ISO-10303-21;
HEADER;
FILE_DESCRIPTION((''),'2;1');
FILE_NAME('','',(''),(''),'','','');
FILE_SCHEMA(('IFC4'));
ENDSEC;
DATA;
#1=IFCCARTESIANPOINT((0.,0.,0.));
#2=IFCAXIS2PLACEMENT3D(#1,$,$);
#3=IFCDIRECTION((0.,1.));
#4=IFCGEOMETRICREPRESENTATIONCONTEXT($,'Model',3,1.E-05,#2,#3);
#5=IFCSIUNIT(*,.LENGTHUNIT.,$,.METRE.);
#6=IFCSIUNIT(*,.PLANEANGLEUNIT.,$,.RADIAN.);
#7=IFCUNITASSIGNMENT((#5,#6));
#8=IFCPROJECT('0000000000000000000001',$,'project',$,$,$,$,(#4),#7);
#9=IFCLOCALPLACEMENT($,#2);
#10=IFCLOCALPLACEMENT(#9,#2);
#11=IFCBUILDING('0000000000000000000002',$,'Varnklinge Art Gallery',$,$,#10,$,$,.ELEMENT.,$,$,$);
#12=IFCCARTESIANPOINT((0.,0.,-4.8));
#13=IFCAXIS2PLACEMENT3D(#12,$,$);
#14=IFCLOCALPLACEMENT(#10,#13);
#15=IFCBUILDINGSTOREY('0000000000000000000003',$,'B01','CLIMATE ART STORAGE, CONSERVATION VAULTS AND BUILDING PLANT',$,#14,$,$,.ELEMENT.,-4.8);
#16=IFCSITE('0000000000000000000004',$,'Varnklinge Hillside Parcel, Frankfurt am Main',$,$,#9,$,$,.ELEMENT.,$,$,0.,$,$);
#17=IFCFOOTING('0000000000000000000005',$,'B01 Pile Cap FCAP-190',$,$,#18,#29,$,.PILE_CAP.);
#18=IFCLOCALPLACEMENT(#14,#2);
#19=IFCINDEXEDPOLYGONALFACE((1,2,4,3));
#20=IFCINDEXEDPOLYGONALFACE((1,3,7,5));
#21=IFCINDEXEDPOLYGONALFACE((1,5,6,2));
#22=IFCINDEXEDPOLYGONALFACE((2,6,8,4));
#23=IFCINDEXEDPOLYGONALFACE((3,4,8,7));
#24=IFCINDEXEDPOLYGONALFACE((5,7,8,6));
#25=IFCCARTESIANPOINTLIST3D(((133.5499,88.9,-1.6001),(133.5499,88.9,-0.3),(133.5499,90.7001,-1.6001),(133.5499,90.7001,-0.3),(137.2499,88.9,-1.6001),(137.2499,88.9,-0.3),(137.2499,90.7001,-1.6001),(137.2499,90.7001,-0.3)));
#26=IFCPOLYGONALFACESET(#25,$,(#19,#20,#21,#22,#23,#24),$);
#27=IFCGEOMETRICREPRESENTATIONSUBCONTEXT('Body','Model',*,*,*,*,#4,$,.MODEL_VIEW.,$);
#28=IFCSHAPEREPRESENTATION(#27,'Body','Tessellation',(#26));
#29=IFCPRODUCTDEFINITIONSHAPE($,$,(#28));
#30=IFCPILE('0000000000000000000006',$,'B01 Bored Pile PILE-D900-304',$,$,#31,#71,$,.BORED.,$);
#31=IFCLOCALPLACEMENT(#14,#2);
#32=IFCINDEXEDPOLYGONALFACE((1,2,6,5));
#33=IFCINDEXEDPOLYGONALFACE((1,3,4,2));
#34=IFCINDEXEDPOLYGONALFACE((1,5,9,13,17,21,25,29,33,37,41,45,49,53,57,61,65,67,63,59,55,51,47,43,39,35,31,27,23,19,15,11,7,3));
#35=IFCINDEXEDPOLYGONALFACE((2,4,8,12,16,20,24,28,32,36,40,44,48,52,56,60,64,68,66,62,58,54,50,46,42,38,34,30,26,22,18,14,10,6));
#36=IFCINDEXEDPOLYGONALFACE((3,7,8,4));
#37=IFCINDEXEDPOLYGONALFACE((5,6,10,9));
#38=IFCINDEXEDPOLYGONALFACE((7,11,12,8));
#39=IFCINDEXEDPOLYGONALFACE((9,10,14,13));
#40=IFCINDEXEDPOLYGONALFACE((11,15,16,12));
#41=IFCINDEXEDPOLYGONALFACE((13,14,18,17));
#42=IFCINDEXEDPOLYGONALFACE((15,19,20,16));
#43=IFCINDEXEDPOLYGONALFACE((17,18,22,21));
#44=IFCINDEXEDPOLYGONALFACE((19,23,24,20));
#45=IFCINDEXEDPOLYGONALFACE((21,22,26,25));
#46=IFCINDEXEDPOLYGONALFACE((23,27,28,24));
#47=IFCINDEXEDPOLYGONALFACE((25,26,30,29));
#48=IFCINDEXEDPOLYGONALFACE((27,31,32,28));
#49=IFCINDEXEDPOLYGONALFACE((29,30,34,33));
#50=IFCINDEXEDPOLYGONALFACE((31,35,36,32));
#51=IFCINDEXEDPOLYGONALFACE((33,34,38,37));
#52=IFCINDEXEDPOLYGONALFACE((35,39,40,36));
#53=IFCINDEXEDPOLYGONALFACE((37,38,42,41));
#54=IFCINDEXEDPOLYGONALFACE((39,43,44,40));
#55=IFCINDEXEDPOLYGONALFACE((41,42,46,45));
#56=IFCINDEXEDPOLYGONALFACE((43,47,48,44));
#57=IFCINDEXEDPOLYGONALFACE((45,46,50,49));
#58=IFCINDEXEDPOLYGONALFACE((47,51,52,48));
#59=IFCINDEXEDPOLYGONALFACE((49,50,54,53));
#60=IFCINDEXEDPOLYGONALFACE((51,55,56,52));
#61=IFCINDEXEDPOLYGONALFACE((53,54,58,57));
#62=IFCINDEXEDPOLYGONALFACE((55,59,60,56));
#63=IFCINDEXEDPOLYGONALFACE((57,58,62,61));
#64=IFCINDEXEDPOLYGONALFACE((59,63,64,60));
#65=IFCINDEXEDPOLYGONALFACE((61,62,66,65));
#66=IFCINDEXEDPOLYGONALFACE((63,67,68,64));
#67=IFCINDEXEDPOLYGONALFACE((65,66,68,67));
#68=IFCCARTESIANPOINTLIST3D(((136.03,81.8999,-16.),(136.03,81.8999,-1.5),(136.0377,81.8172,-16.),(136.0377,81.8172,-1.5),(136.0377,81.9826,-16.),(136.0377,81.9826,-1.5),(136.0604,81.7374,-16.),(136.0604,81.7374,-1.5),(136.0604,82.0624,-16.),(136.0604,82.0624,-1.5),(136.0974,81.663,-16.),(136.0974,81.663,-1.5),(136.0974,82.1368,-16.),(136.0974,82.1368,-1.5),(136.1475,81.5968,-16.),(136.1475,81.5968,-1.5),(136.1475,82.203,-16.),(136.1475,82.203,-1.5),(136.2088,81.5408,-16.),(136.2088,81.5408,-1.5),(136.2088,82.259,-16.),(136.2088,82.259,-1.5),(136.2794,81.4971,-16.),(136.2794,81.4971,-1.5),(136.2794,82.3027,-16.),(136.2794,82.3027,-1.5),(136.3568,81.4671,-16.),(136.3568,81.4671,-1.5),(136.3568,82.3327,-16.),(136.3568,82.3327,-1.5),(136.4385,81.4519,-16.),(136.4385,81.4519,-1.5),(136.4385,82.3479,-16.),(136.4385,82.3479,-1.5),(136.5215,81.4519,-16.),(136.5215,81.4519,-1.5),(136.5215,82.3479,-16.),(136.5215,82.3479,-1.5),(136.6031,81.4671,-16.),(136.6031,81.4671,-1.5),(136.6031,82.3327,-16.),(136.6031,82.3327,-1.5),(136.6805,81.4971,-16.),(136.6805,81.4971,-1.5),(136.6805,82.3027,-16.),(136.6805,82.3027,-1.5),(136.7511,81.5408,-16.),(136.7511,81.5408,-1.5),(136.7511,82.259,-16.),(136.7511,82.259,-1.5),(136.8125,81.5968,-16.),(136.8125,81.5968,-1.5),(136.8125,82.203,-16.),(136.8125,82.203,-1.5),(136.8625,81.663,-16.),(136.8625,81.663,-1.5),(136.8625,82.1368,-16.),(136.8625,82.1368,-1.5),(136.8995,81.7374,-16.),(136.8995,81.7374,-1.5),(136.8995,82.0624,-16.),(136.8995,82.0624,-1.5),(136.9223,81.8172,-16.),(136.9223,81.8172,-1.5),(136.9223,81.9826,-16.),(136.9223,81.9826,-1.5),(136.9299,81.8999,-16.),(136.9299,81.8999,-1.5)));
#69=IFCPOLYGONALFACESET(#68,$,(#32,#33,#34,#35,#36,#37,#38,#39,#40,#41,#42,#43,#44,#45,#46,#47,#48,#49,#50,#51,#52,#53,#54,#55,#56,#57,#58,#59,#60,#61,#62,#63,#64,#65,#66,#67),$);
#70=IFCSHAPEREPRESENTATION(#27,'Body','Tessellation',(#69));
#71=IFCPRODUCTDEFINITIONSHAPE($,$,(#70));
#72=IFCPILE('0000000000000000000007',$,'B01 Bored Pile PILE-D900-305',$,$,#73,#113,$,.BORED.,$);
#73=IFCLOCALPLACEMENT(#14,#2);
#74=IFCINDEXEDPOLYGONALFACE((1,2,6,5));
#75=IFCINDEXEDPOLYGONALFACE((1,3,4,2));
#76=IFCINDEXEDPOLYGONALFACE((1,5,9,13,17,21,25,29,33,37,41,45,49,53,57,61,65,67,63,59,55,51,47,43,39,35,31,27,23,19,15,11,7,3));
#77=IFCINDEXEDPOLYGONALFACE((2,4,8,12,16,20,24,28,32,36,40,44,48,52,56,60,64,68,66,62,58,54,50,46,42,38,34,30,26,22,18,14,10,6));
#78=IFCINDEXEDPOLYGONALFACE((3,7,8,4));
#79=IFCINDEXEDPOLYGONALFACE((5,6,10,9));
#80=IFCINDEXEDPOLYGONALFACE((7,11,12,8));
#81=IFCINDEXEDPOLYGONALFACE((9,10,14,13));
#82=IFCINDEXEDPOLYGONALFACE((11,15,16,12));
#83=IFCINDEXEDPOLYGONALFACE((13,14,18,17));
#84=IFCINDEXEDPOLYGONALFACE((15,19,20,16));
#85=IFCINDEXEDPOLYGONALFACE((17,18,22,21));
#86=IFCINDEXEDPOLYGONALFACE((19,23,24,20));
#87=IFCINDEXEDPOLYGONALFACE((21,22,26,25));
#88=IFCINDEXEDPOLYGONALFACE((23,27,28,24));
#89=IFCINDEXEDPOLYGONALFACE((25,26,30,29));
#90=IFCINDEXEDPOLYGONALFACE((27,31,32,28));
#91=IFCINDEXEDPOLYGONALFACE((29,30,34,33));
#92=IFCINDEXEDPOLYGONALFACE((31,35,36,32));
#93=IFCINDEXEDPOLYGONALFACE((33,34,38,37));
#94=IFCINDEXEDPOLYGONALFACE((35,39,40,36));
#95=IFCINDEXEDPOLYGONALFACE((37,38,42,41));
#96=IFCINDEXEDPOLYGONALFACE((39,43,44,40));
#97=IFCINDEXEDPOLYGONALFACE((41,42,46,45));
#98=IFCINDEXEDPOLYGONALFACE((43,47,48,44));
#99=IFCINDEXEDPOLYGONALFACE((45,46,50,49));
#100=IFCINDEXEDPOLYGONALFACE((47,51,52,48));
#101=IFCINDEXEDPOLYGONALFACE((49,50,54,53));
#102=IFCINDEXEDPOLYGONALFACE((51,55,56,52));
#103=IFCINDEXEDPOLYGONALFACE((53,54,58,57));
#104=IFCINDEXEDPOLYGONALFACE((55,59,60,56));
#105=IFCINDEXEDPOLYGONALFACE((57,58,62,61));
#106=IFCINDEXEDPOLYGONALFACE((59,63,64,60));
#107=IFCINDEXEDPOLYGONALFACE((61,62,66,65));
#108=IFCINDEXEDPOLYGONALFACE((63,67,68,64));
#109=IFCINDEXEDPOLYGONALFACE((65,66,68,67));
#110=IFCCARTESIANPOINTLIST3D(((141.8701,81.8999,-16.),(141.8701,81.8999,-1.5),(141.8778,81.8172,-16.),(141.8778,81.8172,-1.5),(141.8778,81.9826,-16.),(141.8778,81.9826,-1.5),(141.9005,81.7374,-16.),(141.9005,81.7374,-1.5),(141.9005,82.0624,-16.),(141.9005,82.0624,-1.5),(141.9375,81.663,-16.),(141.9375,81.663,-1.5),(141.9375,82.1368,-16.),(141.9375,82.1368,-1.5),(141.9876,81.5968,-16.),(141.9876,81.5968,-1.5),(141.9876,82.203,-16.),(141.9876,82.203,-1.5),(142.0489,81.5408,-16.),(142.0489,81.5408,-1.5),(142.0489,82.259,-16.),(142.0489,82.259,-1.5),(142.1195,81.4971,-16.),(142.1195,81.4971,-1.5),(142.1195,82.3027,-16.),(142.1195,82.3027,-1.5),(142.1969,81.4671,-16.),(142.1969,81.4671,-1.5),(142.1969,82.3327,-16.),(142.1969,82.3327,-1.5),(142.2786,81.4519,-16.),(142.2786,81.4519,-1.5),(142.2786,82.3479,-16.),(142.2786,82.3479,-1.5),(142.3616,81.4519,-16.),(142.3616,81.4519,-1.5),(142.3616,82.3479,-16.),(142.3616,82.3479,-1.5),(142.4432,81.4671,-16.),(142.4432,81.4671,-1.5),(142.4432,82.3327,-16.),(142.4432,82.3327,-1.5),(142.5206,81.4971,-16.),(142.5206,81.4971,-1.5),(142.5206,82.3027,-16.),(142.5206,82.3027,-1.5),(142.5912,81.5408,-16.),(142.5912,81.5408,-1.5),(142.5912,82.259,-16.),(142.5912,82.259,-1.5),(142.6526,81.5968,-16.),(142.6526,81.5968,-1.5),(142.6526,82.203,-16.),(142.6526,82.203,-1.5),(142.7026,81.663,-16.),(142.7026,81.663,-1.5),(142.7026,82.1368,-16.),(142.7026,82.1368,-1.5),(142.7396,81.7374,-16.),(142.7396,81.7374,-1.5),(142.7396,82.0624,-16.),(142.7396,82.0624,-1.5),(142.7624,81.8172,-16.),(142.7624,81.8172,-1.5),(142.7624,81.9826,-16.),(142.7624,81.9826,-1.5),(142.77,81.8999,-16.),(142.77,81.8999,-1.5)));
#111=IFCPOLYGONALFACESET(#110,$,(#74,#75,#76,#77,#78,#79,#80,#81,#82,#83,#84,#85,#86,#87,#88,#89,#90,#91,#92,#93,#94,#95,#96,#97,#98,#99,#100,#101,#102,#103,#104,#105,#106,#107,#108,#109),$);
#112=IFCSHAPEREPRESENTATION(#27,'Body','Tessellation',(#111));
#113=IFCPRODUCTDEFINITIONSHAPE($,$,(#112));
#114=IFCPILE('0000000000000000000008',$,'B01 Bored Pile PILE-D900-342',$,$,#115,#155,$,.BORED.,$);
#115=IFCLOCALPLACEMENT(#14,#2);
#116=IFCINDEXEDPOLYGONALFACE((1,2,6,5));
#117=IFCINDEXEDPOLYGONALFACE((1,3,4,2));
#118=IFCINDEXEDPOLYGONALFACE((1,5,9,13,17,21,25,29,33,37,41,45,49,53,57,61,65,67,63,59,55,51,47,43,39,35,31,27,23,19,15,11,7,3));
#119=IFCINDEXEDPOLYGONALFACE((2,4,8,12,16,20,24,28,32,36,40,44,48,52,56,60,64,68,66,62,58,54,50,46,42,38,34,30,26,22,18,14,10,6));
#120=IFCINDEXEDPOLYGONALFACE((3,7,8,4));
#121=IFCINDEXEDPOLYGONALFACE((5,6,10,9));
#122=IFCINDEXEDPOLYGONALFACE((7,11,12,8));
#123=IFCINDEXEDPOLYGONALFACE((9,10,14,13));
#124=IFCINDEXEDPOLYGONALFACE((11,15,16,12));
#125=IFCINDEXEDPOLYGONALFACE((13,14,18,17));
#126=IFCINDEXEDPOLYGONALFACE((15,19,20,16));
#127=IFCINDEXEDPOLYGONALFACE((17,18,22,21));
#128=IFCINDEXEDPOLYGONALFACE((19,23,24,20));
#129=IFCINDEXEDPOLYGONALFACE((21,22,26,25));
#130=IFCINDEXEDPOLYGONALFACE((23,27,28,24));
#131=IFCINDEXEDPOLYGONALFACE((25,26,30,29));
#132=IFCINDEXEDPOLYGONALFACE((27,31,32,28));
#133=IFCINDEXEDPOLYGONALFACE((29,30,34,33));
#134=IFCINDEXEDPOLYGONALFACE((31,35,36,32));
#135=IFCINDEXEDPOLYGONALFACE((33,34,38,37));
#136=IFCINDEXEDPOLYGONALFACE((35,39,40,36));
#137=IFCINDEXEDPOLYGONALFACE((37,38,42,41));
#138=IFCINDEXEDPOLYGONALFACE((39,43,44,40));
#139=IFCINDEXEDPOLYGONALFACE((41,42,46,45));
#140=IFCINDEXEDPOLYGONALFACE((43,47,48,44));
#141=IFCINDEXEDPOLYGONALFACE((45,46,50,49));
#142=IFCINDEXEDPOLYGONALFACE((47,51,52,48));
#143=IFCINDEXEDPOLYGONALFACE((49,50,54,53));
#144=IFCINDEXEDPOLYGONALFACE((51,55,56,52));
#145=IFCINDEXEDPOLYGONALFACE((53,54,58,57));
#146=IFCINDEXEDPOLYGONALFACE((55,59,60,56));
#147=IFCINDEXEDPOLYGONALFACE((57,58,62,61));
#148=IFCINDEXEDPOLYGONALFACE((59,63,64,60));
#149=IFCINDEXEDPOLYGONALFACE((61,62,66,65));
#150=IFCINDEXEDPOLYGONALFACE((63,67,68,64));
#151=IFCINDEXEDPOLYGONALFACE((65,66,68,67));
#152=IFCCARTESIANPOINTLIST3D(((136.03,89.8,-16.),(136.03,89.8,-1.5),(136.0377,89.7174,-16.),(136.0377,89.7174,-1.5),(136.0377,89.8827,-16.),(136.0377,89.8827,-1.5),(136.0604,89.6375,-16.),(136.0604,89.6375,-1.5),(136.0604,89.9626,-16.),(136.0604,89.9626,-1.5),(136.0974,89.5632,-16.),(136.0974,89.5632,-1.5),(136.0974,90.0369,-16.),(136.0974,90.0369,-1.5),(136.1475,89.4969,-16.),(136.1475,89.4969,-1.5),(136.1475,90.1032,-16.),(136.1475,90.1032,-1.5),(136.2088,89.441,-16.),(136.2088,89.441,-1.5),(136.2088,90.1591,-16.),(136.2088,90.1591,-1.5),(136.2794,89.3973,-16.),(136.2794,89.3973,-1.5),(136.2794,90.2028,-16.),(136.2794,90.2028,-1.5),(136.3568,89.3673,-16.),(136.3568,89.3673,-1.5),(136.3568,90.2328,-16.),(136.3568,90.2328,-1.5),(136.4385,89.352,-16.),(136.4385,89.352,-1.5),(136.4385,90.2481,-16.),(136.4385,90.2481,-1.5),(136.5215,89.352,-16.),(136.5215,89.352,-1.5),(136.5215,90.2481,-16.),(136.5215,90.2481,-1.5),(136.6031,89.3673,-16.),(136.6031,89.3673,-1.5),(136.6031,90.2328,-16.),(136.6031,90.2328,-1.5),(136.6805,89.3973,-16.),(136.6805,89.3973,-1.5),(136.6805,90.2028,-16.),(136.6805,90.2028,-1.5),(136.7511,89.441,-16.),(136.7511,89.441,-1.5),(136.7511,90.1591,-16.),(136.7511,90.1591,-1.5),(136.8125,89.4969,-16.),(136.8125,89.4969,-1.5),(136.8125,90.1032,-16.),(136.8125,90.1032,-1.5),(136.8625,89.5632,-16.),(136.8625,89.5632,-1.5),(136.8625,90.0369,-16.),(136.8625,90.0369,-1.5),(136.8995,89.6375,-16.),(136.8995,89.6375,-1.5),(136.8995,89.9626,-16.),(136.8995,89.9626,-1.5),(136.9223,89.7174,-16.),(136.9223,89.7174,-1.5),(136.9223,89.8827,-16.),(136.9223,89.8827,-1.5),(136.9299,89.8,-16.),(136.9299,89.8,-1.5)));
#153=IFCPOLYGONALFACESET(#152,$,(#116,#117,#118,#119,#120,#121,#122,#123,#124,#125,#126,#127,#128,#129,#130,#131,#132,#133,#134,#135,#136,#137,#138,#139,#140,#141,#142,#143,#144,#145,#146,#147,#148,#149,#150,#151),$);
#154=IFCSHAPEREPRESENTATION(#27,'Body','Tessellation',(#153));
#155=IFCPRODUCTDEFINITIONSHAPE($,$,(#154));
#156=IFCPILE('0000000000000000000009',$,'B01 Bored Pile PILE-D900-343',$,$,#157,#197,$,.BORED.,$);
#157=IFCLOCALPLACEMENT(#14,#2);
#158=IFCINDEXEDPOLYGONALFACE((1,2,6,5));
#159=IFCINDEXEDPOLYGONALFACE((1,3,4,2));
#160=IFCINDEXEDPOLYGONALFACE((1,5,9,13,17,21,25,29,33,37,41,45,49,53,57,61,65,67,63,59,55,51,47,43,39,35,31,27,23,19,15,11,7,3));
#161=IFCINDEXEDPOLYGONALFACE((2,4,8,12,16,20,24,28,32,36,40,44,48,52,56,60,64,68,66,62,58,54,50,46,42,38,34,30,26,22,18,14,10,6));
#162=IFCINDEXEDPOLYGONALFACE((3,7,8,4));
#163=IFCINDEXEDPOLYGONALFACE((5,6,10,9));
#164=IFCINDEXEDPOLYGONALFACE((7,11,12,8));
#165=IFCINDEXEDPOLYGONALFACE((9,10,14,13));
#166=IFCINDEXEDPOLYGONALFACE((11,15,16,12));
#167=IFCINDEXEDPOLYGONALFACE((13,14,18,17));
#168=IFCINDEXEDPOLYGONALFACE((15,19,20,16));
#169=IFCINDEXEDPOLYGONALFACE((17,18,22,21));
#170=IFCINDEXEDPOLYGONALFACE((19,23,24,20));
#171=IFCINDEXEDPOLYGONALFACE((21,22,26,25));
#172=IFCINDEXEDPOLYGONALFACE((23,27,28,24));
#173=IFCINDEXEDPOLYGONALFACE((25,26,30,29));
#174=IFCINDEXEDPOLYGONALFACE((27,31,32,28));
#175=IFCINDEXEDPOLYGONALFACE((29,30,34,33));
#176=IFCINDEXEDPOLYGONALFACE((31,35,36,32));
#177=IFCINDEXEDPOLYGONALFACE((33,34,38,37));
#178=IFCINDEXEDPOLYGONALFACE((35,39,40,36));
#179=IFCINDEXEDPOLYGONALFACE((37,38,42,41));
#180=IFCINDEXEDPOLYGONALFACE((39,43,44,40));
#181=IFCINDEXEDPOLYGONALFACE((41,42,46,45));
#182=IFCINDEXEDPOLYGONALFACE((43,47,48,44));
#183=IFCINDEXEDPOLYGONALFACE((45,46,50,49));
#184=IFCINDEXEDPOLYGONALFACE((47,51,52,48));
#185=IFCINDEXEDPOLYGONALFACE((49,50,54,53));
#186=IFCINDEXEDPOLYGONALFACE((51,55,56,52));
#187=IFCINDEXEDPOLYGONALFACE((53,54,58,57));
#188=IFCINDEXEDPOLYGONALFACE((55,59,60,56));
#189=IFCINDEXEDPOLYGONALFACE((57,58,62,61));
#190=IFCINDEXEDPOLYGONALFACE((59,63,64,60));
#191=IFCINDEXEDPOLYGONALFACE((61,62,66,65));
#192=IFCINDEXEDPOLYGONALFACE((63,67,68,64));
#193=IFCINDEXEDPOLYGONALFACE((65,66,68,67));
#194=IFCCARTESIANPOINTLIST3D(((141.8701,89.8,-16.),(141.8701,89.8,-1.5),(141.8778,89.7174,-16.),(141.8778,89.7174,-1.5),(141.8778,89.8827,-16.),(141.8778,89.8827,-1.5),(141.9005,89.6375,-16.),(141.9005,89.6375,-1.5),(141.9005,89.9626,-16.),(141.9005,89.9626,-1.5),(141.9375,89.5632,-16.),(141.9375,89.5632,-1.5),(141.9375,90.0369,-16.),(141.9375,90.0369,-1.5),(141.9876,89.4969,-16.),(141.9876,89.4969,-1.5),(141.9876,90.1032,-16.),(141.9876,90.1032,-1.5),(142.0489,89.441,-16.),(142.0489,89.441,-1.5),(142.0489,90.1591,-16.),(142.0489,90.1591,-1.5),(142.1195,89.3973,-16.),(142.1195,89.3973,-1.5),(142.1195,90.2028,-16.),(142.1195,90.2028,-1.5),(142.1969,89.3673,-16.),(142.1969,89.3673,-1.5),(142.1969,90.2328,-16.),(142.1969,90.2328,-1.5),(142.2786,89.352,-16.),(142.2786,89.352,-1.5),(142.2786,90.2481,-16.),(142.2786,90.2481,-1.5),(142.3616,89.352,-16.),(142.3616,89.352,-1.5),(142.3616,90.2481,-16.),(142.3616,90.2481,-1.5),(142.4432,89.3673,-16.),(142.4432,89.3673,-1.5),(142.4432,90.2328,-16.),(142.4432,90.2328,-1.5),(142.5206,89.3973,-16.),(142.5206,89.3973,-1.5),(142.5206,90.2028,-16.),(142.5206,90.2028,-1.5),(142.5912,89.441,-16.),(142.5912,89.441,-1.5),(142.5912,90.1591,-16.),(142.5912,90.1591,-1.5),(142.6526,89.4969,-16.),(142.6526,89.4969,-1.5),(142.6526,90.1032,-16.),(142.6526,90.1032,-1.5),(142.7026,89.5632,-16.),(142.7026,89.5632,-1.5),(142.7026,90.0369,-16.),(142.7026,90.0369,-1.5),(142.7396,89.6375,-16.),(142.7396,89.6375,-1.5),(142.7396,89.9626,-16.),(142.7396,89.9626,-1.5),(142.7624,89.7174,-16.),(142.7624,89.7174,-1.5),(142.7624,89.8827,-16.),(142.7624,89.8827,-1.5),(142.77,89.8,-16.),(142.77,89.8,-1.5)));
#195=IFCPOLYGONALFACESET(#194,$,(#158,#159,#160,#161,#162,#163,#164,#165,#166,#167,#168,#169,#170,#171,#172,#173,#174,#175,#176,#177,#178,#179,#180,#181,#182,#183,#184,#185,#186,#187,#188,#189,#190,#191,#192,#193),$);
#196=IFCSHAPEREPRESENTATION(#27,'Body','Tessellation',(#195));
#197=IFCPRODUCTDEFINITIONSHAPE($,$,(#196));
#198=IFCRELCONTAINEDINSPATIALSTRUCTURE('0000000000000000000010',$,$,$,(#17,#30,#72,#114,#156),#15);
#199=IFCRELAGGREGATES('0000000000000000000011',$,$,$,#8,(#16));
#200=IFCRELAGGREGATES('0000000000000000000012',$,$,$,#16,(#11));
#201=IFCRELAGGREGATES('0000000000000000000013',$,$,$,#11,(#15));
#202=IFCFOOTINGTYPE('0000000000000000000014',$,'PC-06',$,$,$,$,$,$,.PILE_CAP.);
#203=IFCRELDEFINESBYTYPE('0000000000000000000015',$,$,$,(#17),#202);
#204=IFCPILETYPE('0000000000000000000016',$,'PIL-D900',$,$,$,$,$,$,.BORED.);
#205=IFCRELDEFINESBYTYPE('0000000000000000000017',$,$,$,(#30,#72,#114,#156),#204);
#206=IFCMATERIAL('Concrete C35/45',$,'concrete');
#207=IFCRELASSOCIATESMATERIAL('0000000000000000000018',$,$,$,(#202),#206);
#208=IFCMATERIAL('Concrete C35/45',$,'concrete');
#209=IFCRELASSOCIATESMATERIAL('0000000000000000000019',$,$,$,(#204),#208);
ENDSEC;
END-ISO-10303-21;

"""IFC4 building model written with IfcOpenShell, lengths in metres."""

from ifc_helpers import new_model, si_unit, direction, frame, origin, origin_2d, place, context, subcontext, project, spatial, rectangle, circle, extrude, material, material_profile, profile_set, type_object, element, save


model = new_model("IFC4")

# Units and contexts
model_context = context("Model", 3, precision=1e-05, world=origin(), true_north=direction((0.0, 1.0)))
body_context = subcontext(model_context, "Body", "Model", "MODEL_VIEW")
ifc_project = project(units=[si_unit("LENGTHUNIT", "METRE"), si_unit("PLANEANGLEUNIT", "RADIAN")], contexts=[model_context])

# Site, building, storey
site_placement = place(None, origin())
site = spatial("IfcSite", under=ifc_project, at=site_placement, Name="Varnklinge Hillside Parcel, Frankfurt am Main", CompositionType="ELEMENT", RefElevation=0.0)
building_placement = place(site_placement, origin())
building = spatial("IfcBuilding", under=site, at=building_placement, Name="Varnklinge Art Gallery", CompositionType="ELEMENT")
storey_placement = place(building_placement, frame((0.0, 0.0, -4.8)))
storey = spatial("IfcBuildingStorey", under=building, at=storey_placement, Name="B01", Description="CLIMATE ART STORAGE, CONSERVATION VAULTS AND BUILDING PLANT", CompositionType="ELEMENT", Elevation=-4.8)

# Footing
ifc_material_1 = material(Name="Concrete C35/45", Category="concrete")
footing_type = type_object("IfcFootingType", Name="PC-06", PredefinedType="PILE_CAP", material=ifc_material_1)
footing_placement = place(storey_placement, frame((135.3999, 89.8, -1.6001), z_axis=(0.0, 0.0, 1.0), x_axis=(1.0, 0.0, 0.0)))
element("IfcFooting", 1, at=footing_placement, inside=storey, type_object=footing_type, Name="B01 Pile Cap FCAP-190", PredefinedType="PILE_CAP", context=body_context, shape_type="SweptSolid", body=[
    extrude(rectangle(XDim=3.7, YDim=1.8, at=origin_2d()), origin(), (0.0, 0.0, 1.0), 1.3),
])

# Piles
ifc_material_2 = material(Name="Concrete C35/45", Category="concrete")
ifc_material_profile_1 = material_profile(ifc_material_2, circle(Radius=0.45, at=origin_2d()), Name="PILE D900")
ifc_profile_set_1 = profile_set([ifc_material_profile_1], Name="Concrete C35/45")
pile_type = type_object("IfcPileType", Name="PIL-D900", PredefinedType="BORED", material=ifc_profile_set_1)
for number, where, z_axis, x_axis, name in (
    (2, (136.48, 81.8999, -1.5), (0.0, 0.0, -1.0), (1.0, 0.0, 0.0), "B01 Bored Pile PILE-D900-304"),
    (3, (142.3201, 81.8999, -1.5), (0.0, 0.0, -1.0), (1.0, 0.0, 0.0), "B01 Bored Pile PILE-D900-305"),
    (4, (136.48, 89.8, -1.5), (0.0, 0.0, -1.0), (1.0, 0.0, 0.0), "B01 Bored Pile PILE-D900-342"),
    (5, (142.3201, 89.8, -1.5), (0.0, 0.0, -1.0), (1.0, 0.0, 0.0), "B01 Bored Pile PILE-D900-343"),
):
    element("IfcPile", number, at=place(storey_placement, frame(where, z_axis=z_axis, x_axis=x_axis)), inside=storey, type_object=pile_type, Name=name, PredefinedType="BORED", context=body_context, shape_type="SweptSolid", body=[
        extrude(circle(Radius=0.45, at=origin_2d()), origin(), (0.0, 0.0, 1.0), 14.5),
    ])

save(model, "model.ifc")
